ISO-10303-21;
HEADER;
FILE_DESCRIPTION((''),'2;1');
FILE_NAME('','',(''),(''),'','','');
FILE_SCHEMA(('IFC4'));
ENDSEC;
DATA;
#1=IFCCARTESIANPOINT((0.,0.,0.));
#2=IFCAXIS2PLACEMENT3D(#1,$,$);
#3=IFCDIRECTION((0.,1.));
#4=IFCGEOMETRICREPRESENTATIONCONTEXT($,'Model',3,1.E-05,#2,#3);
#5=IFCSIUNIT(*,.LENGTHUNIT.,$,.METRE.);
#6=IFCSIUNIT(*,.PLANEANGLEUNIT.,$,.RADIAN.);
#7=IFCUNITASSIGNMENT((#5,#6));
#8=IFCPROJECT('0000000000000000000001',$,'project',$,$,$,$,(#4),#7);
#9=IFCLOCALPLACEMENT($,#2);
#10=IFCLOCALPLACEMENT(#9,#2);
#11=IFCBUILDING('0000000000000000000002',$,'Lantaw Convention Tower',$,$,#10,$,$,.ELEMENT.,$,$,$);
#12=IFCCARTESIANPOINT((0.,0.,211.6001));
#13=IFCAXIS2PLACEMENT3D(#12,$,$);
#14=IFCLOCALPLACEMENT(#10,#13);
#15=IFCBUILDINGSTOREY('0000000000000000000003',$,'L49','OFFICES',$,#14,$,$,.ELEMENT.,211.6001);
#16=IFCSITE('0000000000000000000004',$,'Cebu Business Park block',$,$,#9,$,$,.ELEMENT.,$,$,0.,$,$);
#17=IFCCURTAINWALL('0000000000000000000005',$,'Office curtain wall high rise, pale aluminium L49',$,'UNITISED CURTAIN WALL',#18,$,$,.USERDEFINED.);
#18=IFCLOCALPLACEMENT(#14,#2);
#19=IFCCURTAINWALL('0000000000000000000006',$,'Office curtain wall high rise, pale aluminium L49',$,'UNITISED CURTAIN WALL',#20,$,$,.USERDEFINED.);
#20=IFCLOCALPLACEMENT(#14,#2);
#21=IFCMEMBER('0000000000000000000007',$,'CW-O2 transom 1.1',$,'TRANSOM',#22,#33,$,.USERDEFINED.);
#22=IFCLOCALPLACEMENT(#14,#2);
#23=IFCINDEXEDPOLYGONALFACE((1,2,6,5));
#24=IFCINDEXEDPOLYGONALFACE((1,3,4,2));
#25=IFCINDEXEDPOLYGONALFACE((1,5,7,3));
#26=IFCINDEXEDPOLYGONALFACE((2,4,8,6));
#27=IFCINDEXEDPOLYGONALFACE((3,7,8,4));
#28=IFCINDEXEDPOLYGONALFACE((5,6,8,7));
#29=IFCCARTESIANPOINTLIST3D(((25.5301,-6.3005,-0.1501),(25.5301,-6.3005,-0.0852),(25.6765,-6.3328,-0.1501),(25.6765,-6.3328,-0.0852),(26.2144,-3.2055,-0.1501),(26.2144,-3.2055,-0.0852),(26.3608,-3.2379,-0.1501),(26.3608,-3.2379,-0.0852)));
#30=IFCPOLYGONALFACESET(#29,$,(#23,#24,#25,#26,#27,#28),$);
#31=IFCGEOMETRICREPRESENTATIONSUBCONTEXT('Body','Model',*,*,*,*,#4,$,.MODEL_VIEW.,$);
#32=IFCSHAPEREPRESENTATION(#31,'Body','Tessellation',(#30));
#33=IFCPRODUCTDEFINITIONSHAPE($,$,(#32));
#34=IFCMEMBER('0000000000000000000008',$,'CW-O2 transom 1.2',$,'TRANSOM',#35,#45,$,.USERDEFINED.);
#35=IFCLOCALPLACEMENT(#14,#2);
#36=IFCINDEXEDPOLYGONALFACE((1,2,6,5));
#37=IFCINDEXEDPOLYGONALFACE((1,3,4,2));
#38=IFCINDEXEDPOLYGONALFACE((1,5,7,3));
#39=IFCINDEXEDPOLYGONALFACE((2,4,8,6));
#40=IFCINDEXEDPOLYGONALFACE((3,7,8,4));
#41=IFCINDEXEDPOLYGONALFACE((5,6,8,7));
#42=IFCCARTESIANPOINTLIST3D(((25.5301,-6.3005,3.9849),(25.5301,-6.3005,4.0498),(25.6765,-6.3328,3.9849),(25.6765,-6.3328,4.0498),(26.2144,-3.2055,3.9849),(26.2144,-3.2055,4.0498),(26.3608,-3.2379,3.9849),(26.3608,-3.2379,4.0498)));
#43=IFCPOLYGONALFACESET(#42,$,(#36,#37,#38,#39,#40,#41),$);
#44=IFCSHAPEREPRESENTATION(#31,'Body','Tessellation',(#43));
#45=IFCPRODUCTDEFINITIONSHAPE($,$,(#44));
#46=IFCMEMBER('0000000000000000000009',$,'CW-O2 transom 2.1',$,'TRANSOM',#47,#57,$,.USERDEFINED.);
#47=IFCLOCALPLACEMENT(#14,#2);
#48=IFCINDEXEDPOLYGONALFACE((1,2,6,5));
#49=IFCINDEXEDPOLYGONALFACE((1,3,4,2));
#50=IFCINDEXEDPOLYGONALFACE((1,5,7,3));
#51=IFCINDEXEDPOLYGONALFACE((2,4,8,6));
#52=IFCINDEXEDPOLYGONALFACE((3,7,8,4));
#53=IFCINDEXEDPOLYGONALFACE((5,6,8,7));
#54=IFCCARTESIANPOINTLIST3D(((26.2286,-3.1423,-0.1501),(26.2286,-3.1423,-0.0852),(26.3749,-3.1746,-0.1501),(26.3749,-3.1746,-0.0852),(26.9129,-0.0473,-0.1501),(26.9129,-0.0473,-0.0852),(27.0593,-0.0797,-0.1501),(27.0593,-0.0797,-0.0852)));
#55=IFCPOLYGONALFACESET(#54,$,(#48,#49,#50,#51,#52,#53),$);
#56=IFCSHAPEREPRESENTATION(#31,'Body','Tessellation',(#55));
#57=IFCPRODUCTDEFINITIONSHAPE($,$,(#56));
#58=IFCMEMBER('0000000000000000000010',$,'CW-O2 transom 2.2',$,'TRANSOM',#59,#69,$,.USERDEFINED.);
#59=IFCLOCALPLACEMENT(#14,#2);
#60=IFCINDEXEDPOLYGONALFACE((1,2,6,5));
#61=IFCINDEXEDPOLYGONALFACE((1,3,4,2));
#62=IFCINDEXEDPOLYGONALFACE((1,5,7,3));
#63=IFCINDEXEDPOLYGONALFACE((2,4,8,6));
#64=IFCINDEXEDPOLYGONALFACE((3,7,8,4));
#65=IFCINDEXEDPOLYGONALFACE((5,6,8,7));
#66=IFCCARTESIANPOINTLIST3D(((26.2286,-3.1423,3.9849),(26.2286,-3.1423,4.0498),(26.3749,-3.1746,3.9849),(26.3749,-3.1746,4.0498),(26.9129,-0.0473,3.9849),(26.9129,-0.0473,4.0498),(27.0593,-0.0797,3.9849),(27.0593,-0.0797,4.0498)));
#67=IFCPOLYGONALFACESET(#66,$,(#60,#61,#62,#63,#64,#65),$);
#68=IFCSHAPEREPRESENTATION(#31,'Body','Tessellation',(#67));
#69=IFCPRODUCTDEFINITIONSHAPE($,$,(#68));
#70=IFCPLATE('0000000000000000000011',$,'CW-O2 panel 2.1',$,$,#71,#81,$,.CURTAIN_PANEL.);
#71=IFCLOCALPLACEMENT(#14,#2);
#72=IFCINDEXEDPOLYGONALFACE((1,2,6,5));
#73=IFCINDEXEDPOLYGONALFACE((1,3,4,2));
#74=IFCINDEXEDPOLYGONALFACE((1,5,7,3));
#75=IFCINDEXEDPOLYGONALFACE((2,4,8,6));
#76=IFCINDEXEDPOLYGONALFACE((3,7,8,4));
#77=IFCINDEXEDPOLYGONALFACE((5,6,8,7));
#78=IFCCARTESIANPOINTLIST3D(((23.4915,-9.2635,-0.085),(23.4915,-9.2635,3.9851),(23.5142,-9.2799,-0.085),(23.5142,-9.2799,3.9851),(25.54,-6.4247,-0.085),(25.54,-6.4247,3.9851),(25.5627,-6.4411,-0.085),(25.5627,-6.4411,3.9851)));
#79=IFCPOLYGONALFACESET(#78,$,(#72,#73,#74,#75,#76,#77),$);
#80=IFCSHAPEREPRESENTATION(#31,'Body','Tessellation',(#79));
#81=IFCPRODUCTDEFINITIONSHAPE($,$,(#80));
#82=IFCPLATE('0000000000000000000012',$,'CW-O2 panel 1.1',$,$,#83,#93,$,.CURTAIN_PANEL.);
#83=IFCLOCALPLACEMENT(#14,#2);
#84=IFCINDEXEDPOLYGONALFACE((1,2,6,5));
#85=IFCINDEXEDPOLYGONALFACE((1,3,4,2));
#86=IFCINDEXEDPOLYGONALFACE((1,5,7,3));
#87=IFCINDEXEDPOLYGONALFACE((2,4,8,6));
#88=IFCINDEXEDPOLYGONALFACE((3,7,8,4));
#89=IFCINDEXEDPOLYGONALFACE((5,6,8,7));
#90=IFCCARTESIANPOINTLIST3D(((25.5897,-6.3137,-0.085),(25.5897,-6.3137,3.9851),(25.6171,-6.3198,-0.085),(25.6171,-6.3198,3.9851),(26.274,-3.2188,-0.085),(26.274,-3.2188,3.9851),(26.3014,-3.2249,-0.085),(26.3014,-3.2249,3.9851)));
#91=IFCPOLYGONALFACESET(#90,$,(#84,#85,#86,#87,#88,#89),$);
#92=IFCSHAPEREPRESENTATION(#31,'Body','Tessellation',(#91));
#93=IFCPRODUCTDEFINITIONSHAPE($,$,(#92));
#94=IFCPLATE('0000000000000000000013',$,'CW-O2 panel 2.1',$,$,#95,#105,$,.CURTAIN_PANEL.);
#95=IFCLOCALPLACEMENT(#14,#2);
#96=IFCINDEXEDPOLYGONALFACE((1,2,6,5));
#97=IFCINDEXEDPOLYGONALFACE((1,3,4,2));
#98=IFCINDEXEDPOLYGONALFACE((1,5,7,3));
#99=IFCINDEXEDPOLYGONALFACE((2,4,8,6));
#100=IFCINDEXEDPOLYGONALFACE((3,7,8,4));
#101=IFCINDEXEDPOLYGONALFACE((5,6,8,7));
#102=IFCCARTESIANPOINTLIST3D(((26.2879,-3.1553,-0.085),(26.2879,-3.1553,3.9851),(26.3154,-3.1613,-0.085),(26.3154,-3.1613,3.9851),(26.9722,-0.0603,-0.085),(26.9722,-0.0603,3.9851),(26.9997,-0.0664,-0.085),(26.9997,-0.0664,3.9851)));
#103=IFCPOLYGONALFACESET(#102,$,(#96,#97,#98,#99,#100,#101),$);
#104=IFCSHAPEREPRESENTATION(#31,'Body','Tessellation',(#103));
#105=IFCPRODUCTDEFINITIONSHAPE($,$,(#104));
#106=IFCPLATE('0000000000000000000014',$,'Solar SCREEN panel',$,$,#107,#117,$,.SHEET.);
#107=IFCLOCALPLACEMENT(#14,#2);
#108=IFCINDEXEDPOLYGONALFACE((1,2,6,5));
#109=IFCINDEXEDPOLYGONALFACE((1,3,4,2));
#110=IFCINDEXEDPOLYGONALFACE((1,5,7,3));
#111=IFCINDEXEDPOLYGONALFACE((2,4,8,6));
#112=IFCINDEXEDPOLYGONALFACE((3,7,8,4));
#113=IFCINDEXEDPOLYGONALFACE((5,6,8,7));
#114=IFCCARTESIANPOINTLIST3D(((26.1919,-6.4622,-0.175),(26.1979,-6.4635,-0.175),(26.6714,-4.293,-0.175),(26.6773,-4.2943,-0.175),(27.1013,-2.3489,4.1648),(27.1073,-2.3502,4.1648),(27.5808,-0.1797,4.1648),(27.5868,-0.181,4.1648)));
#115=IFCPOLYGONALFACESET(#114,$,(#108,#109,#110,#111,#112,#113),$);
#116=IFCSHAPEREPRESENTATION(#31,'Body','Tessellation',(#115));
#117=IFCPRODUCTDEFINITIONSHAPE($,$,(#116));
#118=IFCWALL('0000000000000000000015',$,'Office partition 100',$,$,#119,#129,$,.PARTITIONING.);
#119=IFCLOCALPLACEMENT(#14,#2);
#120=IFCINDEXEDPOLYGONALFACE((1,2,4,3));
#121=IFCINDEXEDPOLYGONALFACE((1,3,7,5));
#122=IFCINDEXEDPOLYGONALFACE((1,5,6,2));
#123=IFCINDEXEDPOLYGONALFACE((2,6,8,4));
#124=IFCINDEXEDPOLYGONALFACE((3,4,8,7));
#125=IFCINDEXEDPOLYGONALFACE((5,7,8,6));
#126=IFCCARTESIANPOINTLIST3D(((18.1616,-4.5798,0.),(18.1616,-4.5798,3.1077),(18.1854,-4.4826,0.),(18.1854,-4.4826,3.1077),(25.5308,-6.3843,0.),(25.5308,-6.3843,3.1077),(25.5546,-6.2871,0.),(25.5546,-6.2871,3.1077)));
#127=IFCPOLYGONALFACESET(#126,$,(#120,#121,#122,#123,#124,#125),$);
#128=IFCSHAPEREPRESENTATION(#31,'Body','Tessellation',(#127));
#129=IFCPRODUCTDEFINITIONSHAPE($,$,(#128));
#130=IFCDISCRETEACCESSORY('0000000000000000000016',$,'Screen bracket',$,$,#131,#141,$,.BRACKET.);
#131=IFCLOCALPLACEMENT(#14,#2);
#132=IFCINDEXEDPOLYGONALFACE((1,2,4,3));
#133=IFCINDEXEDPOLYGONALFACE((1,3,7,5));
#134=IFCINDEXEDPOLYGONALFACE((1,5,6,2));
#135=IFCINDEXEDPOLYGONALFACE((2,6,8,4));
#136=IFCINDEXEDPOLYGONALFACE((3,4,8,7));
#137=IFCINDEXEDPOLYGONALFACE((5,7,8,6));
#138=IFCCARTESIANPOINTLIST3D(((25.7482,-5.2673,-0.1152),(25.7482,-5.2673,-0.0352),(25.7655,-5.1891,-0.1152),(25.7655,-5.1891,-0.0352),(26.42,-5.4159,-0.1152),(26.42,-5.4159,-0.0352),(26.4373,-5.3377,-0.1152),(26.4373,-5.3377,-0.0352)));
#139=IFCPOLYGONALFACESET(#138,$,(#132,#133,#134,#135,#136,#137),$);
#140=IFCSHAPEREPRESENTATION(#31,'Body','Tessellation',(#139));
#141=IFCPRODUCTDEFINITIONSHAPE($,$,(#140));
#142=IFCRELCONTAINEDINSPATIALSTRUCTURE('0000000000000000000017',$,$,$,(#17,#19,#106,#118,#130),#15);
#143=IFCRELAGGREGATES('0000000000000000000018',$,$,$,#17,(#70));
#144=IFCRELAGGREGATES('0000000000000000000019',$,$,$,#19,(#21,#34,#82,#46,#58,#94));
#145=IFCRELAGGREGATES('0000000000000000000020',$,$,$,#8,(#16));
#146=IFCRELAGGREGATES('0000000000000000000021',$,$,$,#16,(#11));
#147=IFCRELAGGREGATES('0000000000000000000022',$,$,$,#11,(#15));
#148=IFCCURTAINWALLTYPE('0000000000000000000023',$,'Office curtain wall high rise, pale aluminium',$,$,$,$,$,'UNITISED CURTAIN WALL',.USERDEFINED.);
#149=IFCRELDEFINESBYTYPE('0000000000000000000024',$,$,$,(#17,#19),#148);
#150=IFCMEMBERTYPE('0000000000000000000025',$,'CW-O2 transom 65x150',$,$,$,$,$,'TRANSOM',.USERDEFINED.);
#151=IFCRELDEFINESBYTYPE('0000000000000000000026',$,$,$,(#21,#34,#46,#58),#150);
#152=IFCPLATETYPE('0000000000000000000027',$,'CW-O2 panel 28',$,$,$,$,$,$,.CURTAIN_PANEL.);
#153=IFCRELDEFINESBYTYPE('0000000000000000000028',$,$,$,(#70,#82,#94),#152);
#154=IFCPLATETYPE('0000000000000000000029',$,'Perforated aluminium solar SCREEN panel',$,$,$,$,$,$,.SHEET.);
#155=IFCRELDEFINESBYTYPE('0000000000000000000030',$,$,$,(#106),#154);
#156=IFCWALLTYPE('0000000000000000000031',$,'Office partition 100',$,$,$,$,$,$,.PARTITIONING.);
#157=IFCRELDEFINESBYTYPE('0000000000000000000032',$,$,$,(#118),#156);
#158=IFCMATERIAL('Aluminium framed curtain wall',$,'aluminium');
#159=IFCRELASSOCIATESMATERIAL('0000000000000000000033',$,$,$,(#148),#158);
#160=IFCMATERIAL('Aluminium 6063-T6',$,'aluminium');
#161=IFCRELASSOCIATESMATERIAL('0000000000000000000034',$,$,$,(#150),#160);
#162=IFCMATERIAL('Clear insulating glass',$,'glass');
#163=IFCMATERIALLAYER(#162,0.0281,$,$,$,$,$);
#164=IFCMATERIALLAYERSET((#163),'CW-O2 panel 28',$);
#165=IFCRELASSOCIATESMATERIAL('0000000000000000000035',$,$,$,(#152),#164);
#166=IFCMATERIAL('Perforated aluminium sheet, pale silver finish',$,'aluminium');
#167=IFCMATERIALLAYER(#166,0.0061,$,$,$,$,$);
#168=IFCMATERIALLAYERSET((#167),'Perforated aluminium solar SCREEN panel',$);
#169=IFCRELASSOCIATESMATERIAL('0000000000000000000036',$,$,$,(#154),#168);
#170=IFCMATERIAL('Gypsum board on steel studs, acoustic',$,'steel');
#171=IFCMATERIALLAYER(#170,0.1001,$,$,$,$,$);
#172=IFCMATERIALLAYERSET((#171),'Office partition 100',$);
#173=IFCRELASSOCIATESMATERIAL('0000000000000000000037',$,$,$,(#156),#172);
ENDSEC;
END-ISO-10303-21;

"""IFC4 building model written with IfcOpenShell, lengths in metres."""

from ifc_helpers import new_model, si_unit, direction, frame, frame_2d, origin, origin_2d, place, context, subcontext, project, spatial, polyline, rectangle, outline, extrude, material, layer, layer_set, material_profile, profile_set, type_object, element, aggregate, save


model = new_model("IFC4")

# Units and contexts
model_context = context("Model", 3, precision=1e-05, world=origin(), true_north=direction((0.0, 1.0)))
body_context = subcontext(model_context, "Body", "Model", "MODEL_VIEW")
ifc_project = project(units=[si_unit("LENGTHUNIT", "METRE"), si_unit("PLANEANGLEUNIT", "RADIAN")], contexts=[model_context])

# Site, building, storey
site_placement = place(None, origin())
site = spatial("IfcSite", under=ifc_project, at=site_placement, Name="Cebu Business Park block", CompositionType="ELEMENT", RefElevation=0.0)
building_placement = place(site_placement, origin())
building = spatial("IfcBuilding", under=site, at=building_placement, Name="Lantaw Convention Tower", CompositionType="ELEMENT")
storey_placement = place(building_placement, frame((0.0, 0.0, 211.6001)))
storey = spatial("IfcBuildingStorey", under=building, at=storey_placement, Name="L49", Description="OFFICES", CompositionType="ELEMENT", Elevation=211.6001)

# Curtain wall
ifc_material_1 = material(Name="Aluminium framed curtain wall", Category="aluminium")
curtain_wall_type = type_object("IfcCurtainWallType", Name="Office curtain wall high rise, pale aluminium", ElementType="UNITISED CURTAIN WALL", PredefinedType="USERDEFINED", material=ifc_material_1)
curtain_wall_1_placement = place(storey_placement, origin())
curtain_wall_1 = element("IfcCurtainWall", 1, at=curtain_wall_1_placement, inside=storey, type_object=curtain_wall_type, Name="Office curtain wall high rise, pale aluminium L49", ObjectType="UNITISED CURTAIN WALL", PredefinedType="USERDEFINED")
ifc_material_2 = material(Name="Aluminium 6063-T6", Category="aluminium")

# Curtain wall
curtain_wall_2_placement = place(storey_placement, origin())
curtain_wall_2 = element("IfcCurtainWall", 2, at=curtain_wall_2_placement, inside=storey, type_object=curtain_wall_type, Name="Office curtain wall high rise, pale aluminium L49", ObjectType="UNITISED CURTAIN WALL", PredefinedType="USERDEFINED")

# Members
ifc_material_profile_1 = material_profile(ifc_material_2, rectangle(XDim=0.1499, YDim=0.0649, at=origin_2d()), Name="CW-O2 transom 65x150")
ifc_profile_set_1 = profile_set([ifc_material_profile_1], Name="Aluminium 6063-T6")
member_type_1 = type_object("IfcMemberType", Name="CW-O2 transom 65x150", ElementType="TRANSOM", PredefinedType="USERDEFINED", material=ifc_profile_set_1)
member_1_placement = place(storey_placement, frame((25.6033, -6.3167, -0.1177), z_axis=(0.215895, 0.976417, 0.0), x_axis=(-0.976417, 0.215895, 0.0)))
member_1 = element("IfcMember", 3, at=member_1_placement, type_object=member_type_1, Name="CW-O2 transom 1.1", ObjectType="TRANSOM", PredefinedType="USERDEFINED", context=body_context, shape_type="SweptSolid", body=[
    extrude(rectangle(XDim=0.1499, YDim=0.0649, at=origin_2d()), origin(), (0.0, 0.0, 1.0), 3.1697),
])
member_2_placement = place(storey_placement, frame((25.6033, -6.3167, 4.0173), z_axis=(0.215895, 0.976417, 0.0), x_axis=(-0.976417, 0.215895, 0.0)))
member_2 = element("IfcMember", 4, at=member_2_placement, type_object=member_type_1, Name="CW-O2 transom 1.2", ObjectType="TRANSOM", PredefinedType="USERDEFINED", context=body_context, shape_type="SweptSolid", body=[
    extrude(rectangle(XDim=0.1499, YDim=0.0649, at=origin_2d()), origin(), (0.0, 0.0, 1.0), 3.1697),
])
member_3_placement = place(storey_placement, frame((26.3018, -3.1584, -0.1177), z_axis=(0.215895, 0.976417, 0.0), x_axis=(-0.976417, 0.215895, 0.0)))
member_3 = element("IfcMember", 5, at=member_3_placement, type_object=member_type_1, Name="CW-O2 transom 2.1", ObjectType="TRANSOM", PredefinedType="USERDEFINED", context=body_context, shape_type="SweptSolid", body=[
    extrude(rectangle(XDim=0.1499, YDim=0.0649, at=origin_2d()), origin(), (0.0, 0.0, 1.0), 3.1697),
])
member_4_placement = place(storey_placement, frame((26.3018, -3.1584, 4.0173), z_axis=(0.215895, 0.976417, 0.0), x_axis=(-0.976417, 0.215895, 0.0)))
member_4 = element("IfcMember", 6, at=member_4_placement, type_object=member_type_1, Name="CW-O2 transom 2.2", ObjectType="TRANSOM", PredefinedType="USERDEFINED", context=body_context, shape_type="SweptSolid", body=[
    extrude(rectangle(XDim=0.1499, YDim=0.0649, at=origin_2d()), origin(), (0.0, 0.0, 1.0), 3.1697),
])

# Plates
ifc_material_3 = material(Name="Clear insulating glass", Category="glass")
ifc_layer_1 = layer(ifc_material_3, 0.0281)
ifc_layer_set_1 = layer_set([ifc_layer_1], Name="CW-O2 panel 28")
plate_type_1 = type_object("IfcPlateType", Name="CW-O2 panel 28", PredefinedType="CURTAIN_PANEL", material=ifc_layer_set_1)
plate_1_placement = place(storey_placement, frame((24.5271, -7.8523, -0.085), z_axis=(0.0, 0.0, 1.0), x_axis=(0.585158, 0.81092, 0.0)))
plate_1 = element("IfcPlate", 7, at=plate_1_placement, type_object=plate_type_1, Name="CW-O2 panel 2.1", PredefinedType="CURTAIN_PANEL", context=body_context, shape_type="SweptSolid", body=[
    extrude(rectangle(XDim=3.5007, YDim=0.0281, at=origin_2d()), origin(), (0.0, 0.0, 1.0), 4.0701),
])
aggregate(curtain_wall_1, [plate_1])
plate_2_placement = place(storey_placement, frame((25.9456, -4.7693, -0.085), z_axis=(0.0, 0.0, 1.0), x_axis=(0.215891, 0.976417, 0.0)))
plate_2 = element("IfcPlate", 8, at=plate_2_placement, type_object=plate_type_1, Name="CW-O2 panel 1.1", PredefinedType="CURTAIN_PANEL", context=body_context, shape_type="SweptSolid", body=[
    extrude(rectangle(XDim=3.1697, YDim=0.0281, at=origin_2d()), origin(), (0.0, 0.0, 1.0), 4.0701),
])
plate_3_placement = place(storey_placement, frame((26.6438, -1.6108, -0.085), z_axis=(0.0, 0.0, 1.0), x_axis=(0.215891, 0.976417, 0.0)))
plate_3 = element("IfcPlate", 9, at=plate_3_placement, type_object=plate_type_1, Name="CW-O2 panel 2.1", PredefinedType="CURTAIN_PANEL", context=body_context, shape_type="SweptSolid", body=[
    extrude(rectangle(XDim=3.1697, YDim=0.0281, at=origin_2d()), origin(), (0.0, 0.0, 1.0), 4.0701),
])
aggregate(curtain_wall_2, [member_1, member_2, plate_2, member_3, member_4, plate_3])
ifc_material_4 = material(Name="Perforated aluminium sheet, pale silver finish", Category="aluminium")
ifc_layer_2 = layer(ifc_material_4, 0.0061)
ifc_layer_set_2 = layer_set([ifc_layer_2], Name="Perforated aluminium solar SCREEN panel")
plate_type_2 = type_object("IfcPlateType", Name="Perforated aluminium solar SCREEN panel", PredefinedType="SHEET", material=ifc_layer_set_2)
plate_4_placement = place(storey_placement, frame((26.1919, -6.4622, -0.175), z_axis=(-0.97643, 0.215837, 0.000044), x_axis=(0.215837, 0.97643, 0.0)))
element("IfcPlate", 10, at=plate_4_placement, inside=storey, type_object=plate_type_2, Name="Solar SCREEN panel", PredefinedType="SHEET", context=body_context, shape_type="SweptSolid", body=[
    extrude(outline(polyline([(0.0, 0.0), (2.2216, 0.0), (6.4342, -4.3398), (4.2126, -4.3398), (0.0, 0.0)])), origin(), (0.0, 0.0, -1.0), 0.0061),
])

# Wall
ifc_material_5 = material(Name="Gypsum board on steel studs, acoustic", Category="steel")
ifc_layer_3 = layer(ifc_material_5, 0.1001)
ifc_layer_set_3 = layer_set([ifc_layer_3], Name="Office partition 100")
wall_type = type_object("IfcWallType", Name="Office partition 100", PredefinedType="PARTITIONING", material=ifc_layer_set_3)
wall_placement = place(storey_placement, frame((25.5427, -6.3357, 0.0), z_axis=(0.0, 0.0, 1.0), x_axis=(-0.971305, 0.237838, 0.0)))
element("IfcWall", 11, at=wall_placement, inside=storey, type_object=wall_type, Name="Office partition 100", PredefinedType="PARTITIONING", context=body_context, shape_type="SweptSolid", body=[
    extrude(rectangle(XDim=7.5869, YDim=0.1001, at=frame_2d((3.7935, 0.0))), origin(), (0.0, 0.0, 1.0), 3.1077),
])

# Discrete accessory
discrete_accessory_placement = place(storey_placement, frame((26.0928, -5.3025, -0.1152), z_axis=(0.0, 0.0, 1.0), x_axis=(0.215891, 0.976417, 0.0)))
element("IfcDiscreteAccessory", 12, at=discrete_accessory_placement, inside=storey, Name="Screen bracket", PredefinedType="BRACKET", context=body_context, shape_type="SweptSolid", body=[
    extrude(rectangle(XDim=0.0801, YDim=0.688, at=origin_2d()), origin(), (0.0, 0.0, 1.0), 0.0801),
])

save(model, "model.ifc")
